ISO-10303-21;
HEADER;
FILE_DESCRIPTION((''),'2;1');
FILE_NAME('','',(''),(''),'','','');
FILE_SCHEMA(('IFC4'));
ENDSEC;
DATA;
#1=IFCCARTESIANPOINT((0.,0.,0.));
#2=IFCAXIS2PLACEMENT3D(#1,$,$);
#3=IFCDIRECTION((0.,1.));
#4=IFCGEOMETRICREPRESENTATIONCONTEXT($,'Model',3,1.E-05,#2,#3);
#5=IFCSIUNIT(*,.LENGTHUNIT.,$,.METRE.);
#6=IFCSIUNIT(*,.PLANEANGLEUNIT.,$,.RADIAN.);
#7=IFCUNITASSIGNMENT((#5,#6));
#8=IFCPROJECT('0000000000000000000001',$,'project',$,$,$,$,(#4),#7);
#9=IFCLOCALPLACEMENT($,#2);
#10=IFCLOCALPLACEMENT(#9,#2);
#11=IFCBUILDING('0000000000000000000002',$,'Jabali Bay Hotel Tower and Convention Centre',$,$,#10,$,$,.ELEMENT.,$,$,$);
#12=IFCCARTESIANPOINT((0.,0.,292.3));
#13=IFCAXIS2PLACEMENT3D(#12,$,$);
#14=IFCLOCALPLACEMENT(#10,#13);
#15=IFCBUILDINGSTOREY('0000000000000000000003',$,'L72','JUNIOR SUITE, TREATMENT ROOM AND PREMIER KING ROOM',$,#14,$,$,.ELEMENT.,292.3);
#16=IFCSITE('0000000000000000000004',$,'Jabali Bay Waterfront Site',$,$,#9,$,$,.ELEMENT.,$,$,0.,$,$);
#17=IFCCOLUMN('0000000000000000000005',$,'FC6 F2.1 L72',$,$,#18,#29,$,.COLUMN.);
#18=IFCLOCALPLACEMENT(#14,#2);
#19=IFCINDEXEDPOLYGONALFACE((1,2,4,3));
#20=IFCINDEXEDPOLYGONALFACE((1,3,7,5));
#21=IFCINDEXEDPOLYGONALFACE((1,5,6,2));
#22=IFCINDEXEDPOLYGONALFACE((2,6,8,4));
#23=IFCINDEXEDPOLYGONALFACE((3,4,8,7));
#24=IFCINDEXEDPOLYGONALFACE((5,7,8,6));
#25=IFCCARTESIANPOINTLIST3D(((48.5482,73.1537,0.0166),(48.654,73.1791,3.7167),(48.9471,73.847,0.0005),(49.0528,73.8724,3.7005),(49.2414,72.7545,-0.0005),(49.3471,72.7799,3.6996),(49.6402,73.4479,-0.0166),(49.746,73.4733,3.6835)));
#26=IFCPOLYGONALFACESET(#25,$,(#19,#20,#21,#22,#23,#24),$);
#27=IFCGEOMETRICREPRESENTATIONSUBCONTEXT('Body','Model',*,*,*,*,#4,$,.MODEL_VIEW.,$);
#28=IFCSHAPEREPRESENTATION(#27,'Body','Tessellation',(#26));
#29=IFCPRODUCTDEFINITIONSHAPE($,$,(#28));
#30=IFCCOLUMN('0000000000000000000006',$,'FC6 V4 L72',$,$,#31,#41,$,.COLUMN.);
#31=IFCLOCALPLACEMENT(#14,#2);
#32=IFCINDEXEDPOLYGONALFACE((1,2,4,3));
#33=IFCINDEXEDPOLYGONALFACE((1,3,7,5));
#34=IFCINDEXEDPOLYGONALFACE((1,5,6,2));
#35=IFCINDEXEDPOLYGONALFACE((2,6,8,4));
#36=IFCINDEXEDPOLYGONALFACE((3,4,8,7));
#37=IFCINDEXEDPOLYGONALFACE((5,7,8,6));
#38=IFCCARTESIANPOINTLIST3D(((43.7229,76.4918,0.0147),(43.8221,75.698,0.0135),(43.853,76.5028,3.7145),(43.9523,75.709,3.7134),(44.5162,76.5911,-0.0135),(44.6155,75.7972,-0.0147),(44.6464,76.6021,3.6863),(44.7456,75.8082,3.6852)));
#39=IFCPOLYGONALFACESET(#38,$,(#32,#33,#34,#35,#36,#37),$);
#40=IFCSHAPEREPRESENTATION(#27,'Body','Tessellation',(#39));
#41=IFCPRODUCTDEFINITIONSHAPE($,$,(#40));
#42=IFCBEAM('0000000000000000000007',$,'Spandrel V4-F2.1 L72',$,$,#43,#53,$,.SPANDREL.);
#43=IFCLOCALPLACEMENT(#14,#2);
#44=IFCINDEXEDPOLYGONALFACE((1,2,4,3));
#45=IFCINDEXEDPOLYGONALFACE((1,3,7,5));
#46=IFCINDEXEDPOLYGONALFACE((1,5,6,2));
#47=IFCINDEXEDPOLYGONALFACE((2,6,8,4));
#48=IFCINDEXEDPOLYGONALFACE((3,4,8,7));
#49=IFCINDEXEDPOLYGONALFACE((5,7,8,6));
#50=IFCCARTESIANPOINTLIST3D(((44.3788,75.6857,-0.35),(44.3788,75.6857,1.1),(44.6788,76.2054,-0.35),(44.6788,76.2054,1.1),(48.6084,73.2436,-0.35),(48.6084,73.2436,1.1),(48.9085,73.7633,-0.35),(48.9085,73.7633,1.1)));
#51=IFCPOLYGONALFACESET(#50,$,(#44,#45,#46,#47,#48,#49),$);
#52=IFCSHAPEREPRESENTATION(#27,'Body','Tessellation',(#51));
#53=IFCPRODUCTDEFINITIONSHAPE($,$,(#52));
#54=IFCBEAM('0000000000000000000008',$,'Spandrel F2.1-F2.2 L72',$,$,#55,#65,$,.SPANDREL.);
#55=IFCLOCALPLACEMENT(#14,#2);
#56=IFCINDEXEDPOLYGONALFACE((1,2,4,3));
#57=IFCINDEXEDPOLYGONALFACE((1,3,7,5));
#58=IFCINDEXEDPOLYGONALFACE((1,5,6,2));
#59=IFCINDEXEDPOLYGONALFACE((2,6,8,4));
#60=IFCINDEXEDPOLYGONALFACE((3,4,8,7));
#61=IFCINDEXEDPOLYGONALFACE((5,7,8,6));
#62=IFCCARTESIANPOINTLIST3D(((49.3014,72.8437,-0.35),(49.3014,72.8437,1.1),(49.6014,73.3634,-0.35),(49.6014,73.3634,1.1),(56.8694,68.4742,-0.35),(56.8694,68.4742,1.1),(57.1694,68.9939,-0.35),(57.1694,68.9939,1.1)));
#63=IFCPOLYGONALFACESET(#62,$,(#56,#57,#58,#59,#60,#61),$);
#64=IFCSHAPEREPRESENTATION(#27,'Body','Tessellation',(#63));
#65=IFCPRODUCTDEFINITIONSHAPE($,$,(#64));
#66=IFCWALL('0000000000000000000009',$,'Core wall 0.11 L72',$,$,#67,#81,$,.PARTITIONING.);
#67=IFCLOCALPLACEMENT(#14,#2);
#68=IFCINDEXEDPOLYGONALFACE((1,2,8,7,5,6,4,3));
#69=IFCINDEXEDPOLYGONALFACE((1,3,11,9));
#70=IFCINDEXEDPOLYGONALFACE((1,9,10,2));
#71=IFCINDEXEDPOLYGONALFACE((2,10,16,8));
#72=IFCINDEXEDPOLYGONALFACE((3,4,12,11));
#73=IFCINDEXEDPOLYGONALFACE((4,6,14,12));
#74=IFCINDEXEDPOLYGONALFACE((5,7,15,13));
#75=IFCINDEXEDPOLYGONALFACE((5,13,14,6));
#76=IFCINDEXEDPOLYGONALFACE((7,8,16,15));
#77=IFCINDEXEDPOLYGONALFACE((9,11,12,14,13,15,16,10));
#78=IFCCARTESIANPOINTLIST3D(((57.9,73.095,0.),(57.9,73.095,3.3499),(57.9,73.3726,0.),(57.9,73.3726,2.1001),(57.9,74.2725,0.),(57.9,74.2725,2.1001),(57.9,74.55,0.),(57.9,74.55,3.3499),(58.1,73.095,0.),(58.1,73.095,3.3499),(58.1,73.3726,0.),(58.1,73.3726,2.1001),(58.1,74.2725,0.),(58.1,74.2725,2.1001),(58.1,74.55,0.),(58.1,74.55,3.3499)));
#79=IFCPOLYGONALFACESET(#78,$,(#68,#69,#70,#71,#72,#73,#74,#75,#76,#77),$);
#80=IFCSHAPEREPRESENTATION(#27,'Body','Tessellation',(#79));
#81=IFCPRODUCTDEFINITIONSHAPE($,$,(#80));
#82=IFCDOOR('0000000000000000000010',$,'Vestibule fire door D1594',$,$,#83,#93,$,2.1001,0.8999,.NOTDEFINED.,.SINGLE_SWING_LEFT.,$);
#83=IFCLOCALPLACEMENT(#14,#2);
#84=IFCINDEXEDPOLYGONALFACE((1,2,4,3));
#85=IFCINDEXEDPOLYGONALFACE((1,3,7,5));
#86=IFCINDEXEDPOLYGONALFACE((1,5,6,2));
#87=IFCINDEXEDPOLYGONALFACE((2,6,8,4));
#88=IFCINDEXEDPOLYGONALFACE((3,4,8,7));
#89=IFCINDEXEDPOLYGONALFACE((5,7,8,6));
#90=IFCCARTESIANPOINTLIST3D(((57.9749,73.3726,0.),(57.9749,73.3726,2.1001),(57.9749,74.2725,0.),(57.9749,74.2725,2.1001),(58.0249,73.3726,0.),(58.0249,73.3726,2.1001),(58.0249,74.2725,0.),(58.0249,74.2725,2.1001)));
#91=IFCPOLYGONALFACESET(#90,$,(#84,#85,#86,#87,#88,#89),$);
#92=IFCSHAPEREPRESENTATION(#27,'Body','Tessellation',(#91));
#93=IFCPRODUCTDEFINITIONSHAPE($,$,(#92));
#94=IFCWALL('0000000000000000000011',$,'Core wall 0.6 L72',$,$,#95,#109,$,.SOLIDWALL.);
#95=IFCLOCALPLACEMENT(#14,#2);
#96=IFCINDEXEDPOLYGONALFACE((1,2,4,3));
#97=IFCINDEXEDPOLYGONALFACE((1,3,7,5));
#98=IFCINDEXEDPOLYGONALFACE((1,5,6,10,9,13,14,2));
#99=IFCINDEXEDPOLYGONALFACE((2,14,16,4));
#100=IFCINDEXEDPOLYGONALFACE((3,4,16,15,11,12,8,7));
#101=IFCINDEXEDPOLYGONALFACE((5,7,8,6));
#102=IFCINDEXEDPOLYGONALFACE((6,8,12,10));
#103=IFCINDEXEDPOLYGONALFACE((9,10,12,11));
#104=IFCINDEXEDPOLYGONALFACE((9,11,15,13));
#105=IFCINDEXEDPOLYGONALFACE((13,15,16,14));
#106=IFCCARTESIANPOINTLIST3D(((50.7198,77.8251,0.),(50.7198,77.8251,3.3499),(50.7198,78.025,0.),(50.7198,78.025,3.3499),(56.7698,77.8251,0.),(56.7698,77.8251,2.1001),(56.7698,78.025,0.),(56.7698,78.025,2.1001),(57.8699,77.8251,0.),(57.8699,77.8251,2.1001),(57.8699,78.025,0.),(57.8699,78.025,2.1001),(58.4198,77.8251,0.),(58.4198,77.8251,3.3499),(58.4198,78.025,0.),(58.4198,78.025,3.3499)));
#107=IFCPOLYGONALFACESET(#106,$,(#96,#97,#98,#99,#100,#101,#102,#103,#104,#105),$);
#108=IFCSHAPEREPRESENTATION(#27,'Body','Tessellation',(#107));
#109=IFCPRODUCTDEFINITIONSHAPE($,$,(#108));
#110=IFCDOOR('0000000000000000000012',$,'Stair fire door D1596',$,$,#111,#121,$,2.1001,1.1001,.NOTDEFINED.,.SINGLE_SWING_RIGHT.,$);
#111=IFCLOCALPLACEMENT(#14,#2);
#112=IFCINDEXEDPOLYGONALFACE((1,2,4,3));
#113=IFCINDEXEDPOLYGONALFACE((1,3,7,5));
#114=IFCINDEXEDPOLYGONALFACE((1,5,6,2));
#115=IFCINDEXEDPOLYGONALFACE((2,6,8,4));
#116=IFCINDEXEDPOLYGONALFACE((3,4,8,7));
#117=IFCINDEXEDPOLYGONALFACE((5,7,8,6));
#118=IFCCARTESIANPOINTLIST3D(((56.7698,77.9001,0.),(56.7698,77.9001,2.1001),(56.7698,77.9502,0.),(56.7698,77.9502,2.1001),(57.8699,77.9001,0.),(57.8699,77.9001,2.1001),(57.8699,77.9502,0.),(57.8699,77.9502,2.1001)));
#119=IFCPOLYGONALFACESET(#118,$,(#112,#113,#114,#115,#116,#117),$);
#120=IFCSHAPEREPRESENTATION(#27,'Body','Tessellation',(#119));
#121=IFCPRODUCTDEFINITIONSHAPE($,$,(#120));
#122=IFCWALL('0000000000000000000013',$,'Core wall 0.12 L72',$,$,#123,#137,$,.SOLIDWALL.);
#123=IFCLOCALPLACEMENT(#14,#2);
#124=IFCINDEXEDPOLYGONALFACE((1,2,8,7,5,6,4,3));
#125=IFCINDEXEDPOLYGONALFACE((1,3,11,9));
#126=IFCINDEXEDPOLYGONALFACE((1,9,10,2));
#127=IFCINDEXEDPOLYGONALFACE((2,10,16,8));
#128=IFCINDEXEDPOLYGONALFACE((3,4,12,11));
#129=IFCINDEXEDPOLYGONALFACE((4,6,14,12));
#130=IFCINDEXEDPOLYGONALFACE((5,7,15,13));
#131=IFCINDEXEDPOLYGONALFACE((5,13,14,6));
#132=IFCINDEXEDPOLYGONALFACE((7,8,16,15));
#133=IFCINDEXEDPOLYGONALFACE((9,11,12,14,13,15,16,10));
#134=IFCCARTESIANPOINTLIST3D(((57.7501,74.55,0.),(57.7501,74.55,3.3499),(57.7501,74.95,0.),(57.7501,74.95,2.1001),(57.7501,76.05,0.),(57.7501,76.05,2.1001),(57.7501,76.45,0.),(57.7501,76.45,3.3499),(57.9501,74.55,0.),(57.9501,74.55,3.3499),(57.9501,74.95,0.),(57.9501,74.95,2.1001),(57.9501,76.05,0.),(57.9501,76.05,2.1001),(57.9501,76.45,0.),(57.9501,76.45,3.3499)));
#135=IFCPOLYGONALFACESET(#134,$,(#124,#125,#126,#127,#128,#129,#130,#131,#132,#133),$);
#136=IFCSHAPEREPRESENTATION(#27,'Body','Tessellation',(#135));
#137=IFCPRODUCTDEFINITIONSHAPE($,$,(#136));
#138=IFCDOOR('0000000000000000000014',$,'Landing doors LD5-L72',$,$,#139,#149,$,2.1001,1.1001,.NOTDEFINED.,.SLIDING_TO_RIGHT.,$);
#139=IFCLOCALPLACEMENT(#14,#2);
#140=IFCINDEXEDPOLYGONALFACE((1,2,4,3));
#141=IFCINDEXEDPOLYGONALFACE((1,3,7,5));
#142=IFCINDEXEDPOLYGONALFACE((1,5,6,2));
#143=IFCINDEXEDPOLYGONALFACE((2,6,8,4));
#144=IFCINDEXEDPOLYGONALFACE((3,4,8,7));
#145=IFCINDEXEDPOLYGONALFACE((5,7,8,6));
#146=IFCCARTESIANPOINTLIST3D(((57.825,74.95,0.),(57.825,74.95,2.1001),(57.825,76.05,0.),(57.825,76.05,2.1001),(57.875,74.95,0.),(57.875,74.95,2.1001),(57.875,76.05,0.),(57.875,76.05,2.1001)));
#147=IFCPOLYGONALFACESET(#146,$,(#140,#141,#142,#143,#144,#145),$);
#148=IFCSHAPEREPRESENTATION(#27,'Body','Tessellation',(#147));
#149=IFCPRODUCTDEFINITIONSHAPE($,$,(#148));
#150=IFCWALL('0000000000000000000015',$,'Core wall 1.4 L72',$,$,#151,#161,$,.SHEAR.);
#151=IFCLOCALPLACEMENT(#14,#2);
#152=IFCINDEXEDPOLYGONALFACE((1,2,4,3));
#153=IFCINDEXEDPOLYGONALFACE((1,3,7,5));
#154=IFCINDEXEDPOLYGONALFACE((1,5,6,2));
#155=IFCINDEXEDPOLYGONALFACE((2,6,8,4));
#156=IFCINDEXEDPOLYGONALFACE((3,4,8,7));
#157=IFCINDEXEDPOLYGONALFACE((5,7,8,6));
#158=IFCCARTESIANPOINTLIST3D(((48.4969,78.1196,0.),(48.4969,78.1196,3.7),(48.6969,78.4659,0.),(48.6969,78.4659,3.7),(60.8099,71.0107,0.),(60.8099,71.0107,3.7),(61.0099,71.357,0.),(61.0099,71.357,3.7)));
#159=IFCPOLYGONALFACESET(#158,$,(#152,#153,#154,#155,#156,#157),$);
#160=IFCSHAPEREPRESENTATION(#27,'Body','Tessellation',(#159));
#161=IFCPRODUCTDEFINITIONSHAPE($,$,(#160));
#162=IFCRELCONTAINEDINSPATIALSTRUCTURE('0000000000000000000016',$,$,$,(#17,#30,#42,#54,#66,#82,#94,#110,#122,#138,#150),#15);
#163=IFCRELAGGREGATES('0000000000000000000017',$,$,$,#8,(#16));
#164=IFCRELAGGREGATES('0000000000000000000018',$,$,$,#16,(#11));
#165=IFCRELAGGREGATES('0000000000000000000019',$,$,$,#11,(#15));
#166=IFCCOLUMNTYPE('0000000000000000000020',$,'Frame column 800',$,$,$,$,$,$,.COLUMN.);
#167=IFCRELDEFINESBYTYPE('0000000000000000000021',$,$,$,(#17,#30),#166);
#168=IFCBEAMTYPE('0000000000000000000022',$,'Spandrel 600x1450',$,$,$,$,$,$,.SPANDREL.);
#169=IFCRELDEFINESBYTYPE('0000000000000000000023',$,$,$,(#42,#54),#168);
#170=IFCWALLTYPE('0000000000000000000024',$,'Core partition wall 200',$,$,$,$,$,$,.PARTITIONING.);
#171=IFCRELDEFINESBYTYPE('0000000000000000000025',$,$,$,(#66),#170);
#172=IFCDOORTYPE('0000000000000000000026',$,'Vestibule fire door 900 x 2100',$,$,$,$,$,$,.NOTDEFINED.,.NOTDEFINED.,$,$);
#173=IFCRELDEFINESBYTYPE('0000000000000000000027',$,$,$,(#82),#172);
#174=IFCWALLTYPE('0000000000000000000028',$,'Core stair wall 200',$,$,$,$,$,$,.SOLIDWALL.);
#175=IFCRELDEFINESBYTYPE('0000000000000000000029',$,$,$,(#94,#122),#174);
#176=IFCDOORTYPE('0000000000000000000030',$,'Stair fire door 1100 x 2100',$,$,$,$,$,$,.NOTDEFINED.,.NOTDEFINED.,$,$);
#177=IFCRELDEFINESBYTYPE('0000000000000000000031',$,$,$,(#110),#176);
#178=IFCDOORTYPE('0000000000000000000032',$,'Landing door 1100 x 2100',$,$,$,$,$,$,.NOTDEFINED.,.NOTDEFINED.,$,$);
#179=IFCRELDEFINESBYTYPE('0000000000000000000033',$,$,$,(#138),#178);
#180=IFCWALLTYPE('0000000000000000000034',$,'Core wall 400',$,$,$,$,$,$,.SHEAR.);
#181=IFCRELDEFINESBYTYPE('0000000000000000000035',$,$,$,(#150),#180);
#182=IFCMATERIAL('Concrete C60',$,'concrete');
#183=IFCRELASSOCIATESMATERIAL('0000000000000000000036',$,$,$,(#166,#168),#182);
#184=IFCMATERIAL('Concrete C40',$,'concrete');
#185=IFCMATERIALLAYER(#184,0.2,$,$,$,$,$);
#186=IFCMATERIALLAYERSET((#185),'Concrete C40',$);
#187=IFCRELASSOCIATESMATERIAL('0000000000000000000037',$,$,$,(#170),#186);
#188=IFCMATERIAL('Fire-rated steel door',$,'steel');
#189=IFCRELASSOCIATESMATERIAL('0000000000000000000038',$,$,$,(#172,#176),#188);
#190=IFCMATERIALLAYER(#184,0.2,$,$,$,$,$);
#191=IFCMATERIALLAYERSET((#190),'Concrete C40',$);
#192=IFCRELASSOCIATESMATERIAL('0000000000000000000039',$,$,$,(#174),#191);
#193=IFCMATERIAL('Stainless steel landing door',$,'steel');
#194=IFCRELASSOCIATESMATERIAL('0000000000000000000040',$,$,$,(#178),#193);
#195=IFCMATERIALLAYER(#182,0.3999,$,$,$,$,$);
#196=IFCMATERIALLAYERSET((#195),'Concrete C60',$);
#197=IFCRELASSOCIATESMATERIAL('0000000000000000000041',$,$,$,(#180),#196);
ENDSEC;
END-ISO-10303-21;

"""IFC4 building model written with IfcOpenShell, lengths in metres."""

from ifc_helpers import new_model, si_unit, direction, frame, frame_2d, origin, origin_2d, place, context, subcontext, project, spatial, rectangle, extrude, material, layer, layer_set, material_profile, profile_set, type_object, element, fill, save


model = new_model("IFC4")

# Units and contexts
model_context = context("Model", 3, precision=1e-05, world=origin(), true_north=direction((0.0, 1.0)))
body_context = subcontext(model_context, "Body", "Model", "MODEL_VIEW")
ifc_project = project(units=[si_unit("LENGTHUNIT", "METRE"), si_unit("PLANEANGLEUNIT", "RADIAN")], contexts=[model_context])

# Site, building, storey
site_placement = place(None, origin())
site = spatial("IfcSite", under=ifc_project, at=site_placement, Name="Jabali Bay Waterfront Site", CompositionType="ELEMENT", RefElevation=0.0)
building_placement = place(site_placement, origin())
building = spatial("IfcBuilding", under=site, at=building_placement, Name="Jabali Bay Hotel Tower and Convention Centre", CompositionType="ELEMENT")
storey_placement = place(building_placement, frame((0.0, 0.0, 292.3)))
storey = spatial("IfcBuildingStorey", under=building, at=storey_placement, Name="L72", Description="JUNIOR SUITE, TREATMENT ROOM AND PREMIER KING ROOM", CompositionType="ELEMENT", Elevation=292.3)

# Columns
ifc_material_1 = material(Name="Concrete C60", Category="concrete")
ifc_material_profile_1 = material_profile(ifc_material_1, rectangle(XDim=0.8, YDim=0.8, at=origin_2d()), Name="Frame column 800")
ifc_profile_set_1 = profile_set([ifc_material_profile_1], Name="Concrete C60")
column_type = type_object("IfcColumnType", Name="Frame column 800", PredefinedType="COLUMN", material=ifc_profile_set_1)
column_1_placement = place(storey_placement, frame((49.0942, 73.3008, 0.0), z_axis=(0.028559, 0.006859, 0.999569), x_axis=(-0.866411, 0.498875, 0.021331)))
element("IfcColumn", 1, at=column_1_placement, inside=storey, type_object=column_type, Name="FC6 F2.1 L72", PredefinedType="COLUMN", context=body_context, shape_type="SweptSolid", body=[
    extrude(rectangle(XDim=0.8, YDim=0.8, at=origin_2d()), origin(), (0.0, 0.0, 1.0), 3.7017),
])
column_2_placement = place(storey_placement, frame((44.1692, 76.1445, 0.0), z_axis=(0.035148, 0.002967, 0.999378), x_axis=(-0.124064, 0.992273, 0.001417)))
element("IfcColumn", 2, at=column_2_placement, inside=storey, type_object=column_type, Name="FC6 V4 L72", PredefinedType="COLUMN", context=body_context, shape_type="SweptSolid", body=[
    extrude(rectangle(XDim=0.8, YDim=0.8, at=origin_2d()), origin(), (0.0, 0.0, 1.0), 3.7021),
])

# Beams
ifc_material_profile_2 = material_profile(ifc_material_1, rectangle(XDim=0.6001, YDim=1.45, at=origin_2d()), Name="Spandrel 600x1450")
ifc_profile_set_2 = profile_set([ifc_material_profile_2], Name="Concrete C60")
beam_type = type_object("IfcBeamType", Name="Spandrel 600x1450", PredefinedType="SPANDREL", material=ifc_profile_set_2)
beam_1_placement = place(storey_placement, frame((44.5288, 75.9456, 0.375), z_axis=(0.866017, -0.500015, 0.0), x_axis=(0.500015, 0.866017, 0.0)))
element("IfcBeam", 3, at=beam_1_placement, inside=storey, type_object=beam_type, Name="Spandrel V4-F2.1 L72", PredefinedType="SPANDREL", context=body_context, shape_type="SweptSolid", body=[
    extrude(rectangle(XDim=0.6001, YDim=1.45, at=origin_2d()), origin(), (0.0, 0.0, 1.0), 4.884),
])
beam_2_placement = place(storey_placement, frame((49.4514, 73.1035, 0.375), z_axis=(0.866022, -0.500006, 0.0), x_axis=(0.500006, 0.866022, 0.0)))
element("IfcBeam", 4, at=beam_2_placement, inside=storey, type_object=beam_type, Name="Spandrel F2.1-F2.2 L72", PredefinedType="SPANDREL", context=body_context, shape_type="SweptSolid", body=[
    extrude(rectangle(XDim=0.6001, YDim=1.45, at=origin_2d()), origin(), (0.0, 0.0, 1.0), 8.7388),
])

# Walls, openings, doors
ifc_material_2 = material(Name="Concrete C40", Category="concrete")
ifc_layer_1 = layer(ifc_material_2, 0.2)
ifc_layer_set_1 = layer_set([ifc_layer_1], Name="Concrete C40")
wall_type_1 = type_object("IfcWallType", Name="Core partition wall 200", PredefinedType="PARTITIONING", material=ifc_layer_set_1)
wall_1_placement = place(storey_placement, frame((58.0, 74.55, 0.0), z_axis=(0.0, 0.0, 1.0), x_axis=(0.0, -1.0, 0.0)))
wall_1 = element("IfcWall", 5, at=wall_1_placement, inside=storey, type_object=wall_type_1, Name="Core wall 0.11 L72", PredefinedType="PARTITIONING", context=body_context, shape_type="SweptSolid", body=[
    extrude(rectangle(XDim=1.4551, YDim=0.2, at=frame_2d((0.7275, 0.0))), origin(), (0.0, 0.0, 1.0), 3.3499),
])
opening_1_placement = place(wall_1_placement, frame((0.2776, 0.0, 0.0)))
opening_1 = element("IfcOpeningElement", 6, at=opening_1_placement, cuts=wall_1, PredefinedType="OPENING", context=body_context, shape_type="SweptSolid", body=[
    extrude(rectangle(XDim=0.8999, YDim=2.1001, at=frame_2d((0.45, 1.05))), frame((0.0, 0.1104, 0.0), z_axis=(0.0, -1.0, 0.0), x_axis=(1.0, 0.0, 0.0)), (0.0, 0.0, 1.0), 0.2209),
])
ifc_material_3 = material(Name="Fire-rated steel door", Category="steel")
door_type_1 = type_object("IfcDoorType", Name="Vestibule fire door 900 x 2100", OperationType="NOTDEFINED", PredefinedType="NOTDEFINED", material=ifc_material_3)
door_1_placement = place(opening_1_placement, origin())
door_1 = element("IfcDoor", 7, at=door_1_placement, inside=storey, type_object=door_type_1, Name="Vestibule fire door D1594", OperationType="SINGLE_SWING_LEFT", OverallHeight=2.1001, OverallWidth=0.8999, PredefinedType="NOTDEFINED", context=body_context, shape_type="SweptSolid", body=[
    extrude(rectangle(XDim=0.8999, YDim=2.1001, at=frame_2d((0.45, 1.05))), frame((0.0, 0.0249, 0.0), z_axis=(0.0, -1.0, 0.0), x_axis=(1.0, 0.0, 0.0)), (0.0, 0.0, 1.0), 0.05),
])
fill(opening_1, door_1)
ifc_layer_2 = layer(ifc_material_2, 0.2)
ifc_layer_set_2 = layer_set([ifc_layer_2], Name="Concrete C40")
wall_type_2 = type_object("IfcWallType", Name="Core stair wall 200", PredefinedType="SOLIDWALL", material=ifc_layer_set_2)
wall_2_placement = place(storey_placement, frame((58.4199, 77.925, 0.0), z_axis=(0.0, 0.0, 1.0), x_axis=(-1.0, 0.0, 0.0)))
wall_2 = element("IfcWall", 8, at=wall_2_placement, inside=storey, type_object=wall_type_2, Name="Core wall 0.6 L72", PredefinedType="SOLIDWALL", context=body_context, shape_type="SweptSolid", body=[
    extrude(rectangle(XDim=7.7, YDim=0.2, at=frame_2d((3.8501, 0.0))), origin(), (0.0, 0.0, 1.0), 3.3499),
])
opening_2_placement = place(wall_2_placement, frame((0.55, 0.0, 0.0)))
opening_2 = element("IfcOpeningElement", 9, at=opening_2_placement, cuts=wall_2, PredefinedType="OPENING", context=body_context, shape_type="SweptSolid", body=[
    extrude(rectangle(XDim=1.1001, YDim=2.1001, at=frame_2d((0.55, 1.05))), frame((0.0, 0.1104, 0.0), z_axis=(0.0, -1.0, 0.0), x_axis=(1.0, 0.0, 0.0)), (0.0, 0.0, 1.0), 0.2209),
])
door_type_2 = type_object("IfcDoorType", Name="Stair fire door 1100 x 2100", OperationType="NOTDEFINED", PredefinedType="NOTDEFINED", material=ifc_material_3)
door_2_placement = place(opening_2_placement, origin())
door_2 = element("IfcDoor", 10, at=door_2_placement, inside=storey, type_object=door_type_2, Name="Stair fire door D1596", OperationType="SINGLE_SWING_RIGHT", OverallHeight=2.1001, OverallWidth=1.1001, PredefinedType="NOTDEFINED", context=body_context, shape_type="SweptSolid", body=[
    extrude(rectangle(XDim=1.1001, YDim=2.1001, at=frame_2d((0.55, 1.05))), frame((0.0, 0.0249, 0.0), z_axis=(0.0, -1.0, 0.0), x_axis=(1.0, 0.0, 0.0)), (0.0, 0.0, 1.0), 0.05),
])
fill(opening_2, door_2)
wall_3_placement = place(storey_placement, frame((57.8501, 76.45, 0.0), z_axis=(0.0, 0.0, 1.0), x_axis=(0.0, -1.0, 0.0)))
wall_3 = element("IfcWall", 11, at=wall_3_placement, inside=storey, type_object=wall_type_2, Name="Core wall 0.12 L72", PredefinedType="SOLIDWALL", context=body_context, shape_type="SweptSolid", body=[
    extrude(rectangle(XDim=1.8999, YDim=0.2, at=frame_2d((0.95, 0.0))), origin(), (0.0, 0.0, 1.0), 3.3499),
])
opening_3_placement = place(wall_3_placement, frame((0.3999, 0.0, 0.0)))
opening_3 = element("IfcOpeningElement", 12, at=opening_3_placement, cuts=wall_3, PredefinedType="OPENING", context=body_context, shape_type="SweptSolid", body=[
    extrude(rectangle(XDim=1.1001, YDim=2.1001, at=frame_2d((0.55, 1.05))), frame((0.0, 0.1104, 0.0), z_axis=(0.0, -1.0, 0.0), x_axis=(1.0, 0.0, 0.0)), (0.0, 0.0, 1.0), 0.2209),
])
ifc_material_4 = material(Name="Stainless steel landing door", Category="steel")
door_type_3 = type_object("IfcDoorType", Name="Landing door 1100 x 2100", OperationType="NOTDEFINED", PredefinedType="NOTDEFINED", material=ifc_material_4)
door_3_placement = place(opening_3_placement, origin())
door_3 = element("IfcDoor", 13, at=door_3_placement, inside=storey, type_object=door_type_3, Name="Landing doors LD5-L72", OperationType="SLIDING_TO_RIGHT", OverallHeight=2.1001, OverallWidth=1.1001, PredefinedType="NOTDEFINED", context=body_context, shape_type="SweptSolid", body=[
    extrude(rectangle(XDim=1.1001, YDim=2.1001, at=frame_2d((0.55, 1.05))), frame((0.0, 0.0249, 0.0), z_axis=(0.0, -1.0, 0.0), x_axis=(1.0, 0.0, 0.0)), (0.0, 0.0, 1.0), 0.05),
])
fill(opening_3, door_3)

# Wall
ifc_layer_3 = layer(ifc_material_1, 0.3999)
ifc_layer_set_3 = layer_set([ifc_layer_3], Name="Concrete C60")
wall_type_3 = type_object("IfcWallType", Name="Core wall 400", PredefinedType="SHEAR", material=ifc_layer_set_3)
wall_4_placement = place(storey_placement, frame((48.5969, 78.2927, 0.0), z_axis=(0.0, 0.0, 1.0), x_axis=(0.866026, -0.499999, 0.0)))
element("IfcWall", 14, at=wall_4_placement, inside=storey, type_object=wall_type_3, Name="Core wall 1.4 L72", PredefinedType="SHEAR", context=body_context, shape_type="SweptSolid", body=[
    extrude(rectangle(XDim=14.2178, YDim=0.3999, at=frame_2d((7.1089, 0.0))), origin(), (0.0, 0.0, 1.0), 3.7),
])

save(model, "model.ifc")
